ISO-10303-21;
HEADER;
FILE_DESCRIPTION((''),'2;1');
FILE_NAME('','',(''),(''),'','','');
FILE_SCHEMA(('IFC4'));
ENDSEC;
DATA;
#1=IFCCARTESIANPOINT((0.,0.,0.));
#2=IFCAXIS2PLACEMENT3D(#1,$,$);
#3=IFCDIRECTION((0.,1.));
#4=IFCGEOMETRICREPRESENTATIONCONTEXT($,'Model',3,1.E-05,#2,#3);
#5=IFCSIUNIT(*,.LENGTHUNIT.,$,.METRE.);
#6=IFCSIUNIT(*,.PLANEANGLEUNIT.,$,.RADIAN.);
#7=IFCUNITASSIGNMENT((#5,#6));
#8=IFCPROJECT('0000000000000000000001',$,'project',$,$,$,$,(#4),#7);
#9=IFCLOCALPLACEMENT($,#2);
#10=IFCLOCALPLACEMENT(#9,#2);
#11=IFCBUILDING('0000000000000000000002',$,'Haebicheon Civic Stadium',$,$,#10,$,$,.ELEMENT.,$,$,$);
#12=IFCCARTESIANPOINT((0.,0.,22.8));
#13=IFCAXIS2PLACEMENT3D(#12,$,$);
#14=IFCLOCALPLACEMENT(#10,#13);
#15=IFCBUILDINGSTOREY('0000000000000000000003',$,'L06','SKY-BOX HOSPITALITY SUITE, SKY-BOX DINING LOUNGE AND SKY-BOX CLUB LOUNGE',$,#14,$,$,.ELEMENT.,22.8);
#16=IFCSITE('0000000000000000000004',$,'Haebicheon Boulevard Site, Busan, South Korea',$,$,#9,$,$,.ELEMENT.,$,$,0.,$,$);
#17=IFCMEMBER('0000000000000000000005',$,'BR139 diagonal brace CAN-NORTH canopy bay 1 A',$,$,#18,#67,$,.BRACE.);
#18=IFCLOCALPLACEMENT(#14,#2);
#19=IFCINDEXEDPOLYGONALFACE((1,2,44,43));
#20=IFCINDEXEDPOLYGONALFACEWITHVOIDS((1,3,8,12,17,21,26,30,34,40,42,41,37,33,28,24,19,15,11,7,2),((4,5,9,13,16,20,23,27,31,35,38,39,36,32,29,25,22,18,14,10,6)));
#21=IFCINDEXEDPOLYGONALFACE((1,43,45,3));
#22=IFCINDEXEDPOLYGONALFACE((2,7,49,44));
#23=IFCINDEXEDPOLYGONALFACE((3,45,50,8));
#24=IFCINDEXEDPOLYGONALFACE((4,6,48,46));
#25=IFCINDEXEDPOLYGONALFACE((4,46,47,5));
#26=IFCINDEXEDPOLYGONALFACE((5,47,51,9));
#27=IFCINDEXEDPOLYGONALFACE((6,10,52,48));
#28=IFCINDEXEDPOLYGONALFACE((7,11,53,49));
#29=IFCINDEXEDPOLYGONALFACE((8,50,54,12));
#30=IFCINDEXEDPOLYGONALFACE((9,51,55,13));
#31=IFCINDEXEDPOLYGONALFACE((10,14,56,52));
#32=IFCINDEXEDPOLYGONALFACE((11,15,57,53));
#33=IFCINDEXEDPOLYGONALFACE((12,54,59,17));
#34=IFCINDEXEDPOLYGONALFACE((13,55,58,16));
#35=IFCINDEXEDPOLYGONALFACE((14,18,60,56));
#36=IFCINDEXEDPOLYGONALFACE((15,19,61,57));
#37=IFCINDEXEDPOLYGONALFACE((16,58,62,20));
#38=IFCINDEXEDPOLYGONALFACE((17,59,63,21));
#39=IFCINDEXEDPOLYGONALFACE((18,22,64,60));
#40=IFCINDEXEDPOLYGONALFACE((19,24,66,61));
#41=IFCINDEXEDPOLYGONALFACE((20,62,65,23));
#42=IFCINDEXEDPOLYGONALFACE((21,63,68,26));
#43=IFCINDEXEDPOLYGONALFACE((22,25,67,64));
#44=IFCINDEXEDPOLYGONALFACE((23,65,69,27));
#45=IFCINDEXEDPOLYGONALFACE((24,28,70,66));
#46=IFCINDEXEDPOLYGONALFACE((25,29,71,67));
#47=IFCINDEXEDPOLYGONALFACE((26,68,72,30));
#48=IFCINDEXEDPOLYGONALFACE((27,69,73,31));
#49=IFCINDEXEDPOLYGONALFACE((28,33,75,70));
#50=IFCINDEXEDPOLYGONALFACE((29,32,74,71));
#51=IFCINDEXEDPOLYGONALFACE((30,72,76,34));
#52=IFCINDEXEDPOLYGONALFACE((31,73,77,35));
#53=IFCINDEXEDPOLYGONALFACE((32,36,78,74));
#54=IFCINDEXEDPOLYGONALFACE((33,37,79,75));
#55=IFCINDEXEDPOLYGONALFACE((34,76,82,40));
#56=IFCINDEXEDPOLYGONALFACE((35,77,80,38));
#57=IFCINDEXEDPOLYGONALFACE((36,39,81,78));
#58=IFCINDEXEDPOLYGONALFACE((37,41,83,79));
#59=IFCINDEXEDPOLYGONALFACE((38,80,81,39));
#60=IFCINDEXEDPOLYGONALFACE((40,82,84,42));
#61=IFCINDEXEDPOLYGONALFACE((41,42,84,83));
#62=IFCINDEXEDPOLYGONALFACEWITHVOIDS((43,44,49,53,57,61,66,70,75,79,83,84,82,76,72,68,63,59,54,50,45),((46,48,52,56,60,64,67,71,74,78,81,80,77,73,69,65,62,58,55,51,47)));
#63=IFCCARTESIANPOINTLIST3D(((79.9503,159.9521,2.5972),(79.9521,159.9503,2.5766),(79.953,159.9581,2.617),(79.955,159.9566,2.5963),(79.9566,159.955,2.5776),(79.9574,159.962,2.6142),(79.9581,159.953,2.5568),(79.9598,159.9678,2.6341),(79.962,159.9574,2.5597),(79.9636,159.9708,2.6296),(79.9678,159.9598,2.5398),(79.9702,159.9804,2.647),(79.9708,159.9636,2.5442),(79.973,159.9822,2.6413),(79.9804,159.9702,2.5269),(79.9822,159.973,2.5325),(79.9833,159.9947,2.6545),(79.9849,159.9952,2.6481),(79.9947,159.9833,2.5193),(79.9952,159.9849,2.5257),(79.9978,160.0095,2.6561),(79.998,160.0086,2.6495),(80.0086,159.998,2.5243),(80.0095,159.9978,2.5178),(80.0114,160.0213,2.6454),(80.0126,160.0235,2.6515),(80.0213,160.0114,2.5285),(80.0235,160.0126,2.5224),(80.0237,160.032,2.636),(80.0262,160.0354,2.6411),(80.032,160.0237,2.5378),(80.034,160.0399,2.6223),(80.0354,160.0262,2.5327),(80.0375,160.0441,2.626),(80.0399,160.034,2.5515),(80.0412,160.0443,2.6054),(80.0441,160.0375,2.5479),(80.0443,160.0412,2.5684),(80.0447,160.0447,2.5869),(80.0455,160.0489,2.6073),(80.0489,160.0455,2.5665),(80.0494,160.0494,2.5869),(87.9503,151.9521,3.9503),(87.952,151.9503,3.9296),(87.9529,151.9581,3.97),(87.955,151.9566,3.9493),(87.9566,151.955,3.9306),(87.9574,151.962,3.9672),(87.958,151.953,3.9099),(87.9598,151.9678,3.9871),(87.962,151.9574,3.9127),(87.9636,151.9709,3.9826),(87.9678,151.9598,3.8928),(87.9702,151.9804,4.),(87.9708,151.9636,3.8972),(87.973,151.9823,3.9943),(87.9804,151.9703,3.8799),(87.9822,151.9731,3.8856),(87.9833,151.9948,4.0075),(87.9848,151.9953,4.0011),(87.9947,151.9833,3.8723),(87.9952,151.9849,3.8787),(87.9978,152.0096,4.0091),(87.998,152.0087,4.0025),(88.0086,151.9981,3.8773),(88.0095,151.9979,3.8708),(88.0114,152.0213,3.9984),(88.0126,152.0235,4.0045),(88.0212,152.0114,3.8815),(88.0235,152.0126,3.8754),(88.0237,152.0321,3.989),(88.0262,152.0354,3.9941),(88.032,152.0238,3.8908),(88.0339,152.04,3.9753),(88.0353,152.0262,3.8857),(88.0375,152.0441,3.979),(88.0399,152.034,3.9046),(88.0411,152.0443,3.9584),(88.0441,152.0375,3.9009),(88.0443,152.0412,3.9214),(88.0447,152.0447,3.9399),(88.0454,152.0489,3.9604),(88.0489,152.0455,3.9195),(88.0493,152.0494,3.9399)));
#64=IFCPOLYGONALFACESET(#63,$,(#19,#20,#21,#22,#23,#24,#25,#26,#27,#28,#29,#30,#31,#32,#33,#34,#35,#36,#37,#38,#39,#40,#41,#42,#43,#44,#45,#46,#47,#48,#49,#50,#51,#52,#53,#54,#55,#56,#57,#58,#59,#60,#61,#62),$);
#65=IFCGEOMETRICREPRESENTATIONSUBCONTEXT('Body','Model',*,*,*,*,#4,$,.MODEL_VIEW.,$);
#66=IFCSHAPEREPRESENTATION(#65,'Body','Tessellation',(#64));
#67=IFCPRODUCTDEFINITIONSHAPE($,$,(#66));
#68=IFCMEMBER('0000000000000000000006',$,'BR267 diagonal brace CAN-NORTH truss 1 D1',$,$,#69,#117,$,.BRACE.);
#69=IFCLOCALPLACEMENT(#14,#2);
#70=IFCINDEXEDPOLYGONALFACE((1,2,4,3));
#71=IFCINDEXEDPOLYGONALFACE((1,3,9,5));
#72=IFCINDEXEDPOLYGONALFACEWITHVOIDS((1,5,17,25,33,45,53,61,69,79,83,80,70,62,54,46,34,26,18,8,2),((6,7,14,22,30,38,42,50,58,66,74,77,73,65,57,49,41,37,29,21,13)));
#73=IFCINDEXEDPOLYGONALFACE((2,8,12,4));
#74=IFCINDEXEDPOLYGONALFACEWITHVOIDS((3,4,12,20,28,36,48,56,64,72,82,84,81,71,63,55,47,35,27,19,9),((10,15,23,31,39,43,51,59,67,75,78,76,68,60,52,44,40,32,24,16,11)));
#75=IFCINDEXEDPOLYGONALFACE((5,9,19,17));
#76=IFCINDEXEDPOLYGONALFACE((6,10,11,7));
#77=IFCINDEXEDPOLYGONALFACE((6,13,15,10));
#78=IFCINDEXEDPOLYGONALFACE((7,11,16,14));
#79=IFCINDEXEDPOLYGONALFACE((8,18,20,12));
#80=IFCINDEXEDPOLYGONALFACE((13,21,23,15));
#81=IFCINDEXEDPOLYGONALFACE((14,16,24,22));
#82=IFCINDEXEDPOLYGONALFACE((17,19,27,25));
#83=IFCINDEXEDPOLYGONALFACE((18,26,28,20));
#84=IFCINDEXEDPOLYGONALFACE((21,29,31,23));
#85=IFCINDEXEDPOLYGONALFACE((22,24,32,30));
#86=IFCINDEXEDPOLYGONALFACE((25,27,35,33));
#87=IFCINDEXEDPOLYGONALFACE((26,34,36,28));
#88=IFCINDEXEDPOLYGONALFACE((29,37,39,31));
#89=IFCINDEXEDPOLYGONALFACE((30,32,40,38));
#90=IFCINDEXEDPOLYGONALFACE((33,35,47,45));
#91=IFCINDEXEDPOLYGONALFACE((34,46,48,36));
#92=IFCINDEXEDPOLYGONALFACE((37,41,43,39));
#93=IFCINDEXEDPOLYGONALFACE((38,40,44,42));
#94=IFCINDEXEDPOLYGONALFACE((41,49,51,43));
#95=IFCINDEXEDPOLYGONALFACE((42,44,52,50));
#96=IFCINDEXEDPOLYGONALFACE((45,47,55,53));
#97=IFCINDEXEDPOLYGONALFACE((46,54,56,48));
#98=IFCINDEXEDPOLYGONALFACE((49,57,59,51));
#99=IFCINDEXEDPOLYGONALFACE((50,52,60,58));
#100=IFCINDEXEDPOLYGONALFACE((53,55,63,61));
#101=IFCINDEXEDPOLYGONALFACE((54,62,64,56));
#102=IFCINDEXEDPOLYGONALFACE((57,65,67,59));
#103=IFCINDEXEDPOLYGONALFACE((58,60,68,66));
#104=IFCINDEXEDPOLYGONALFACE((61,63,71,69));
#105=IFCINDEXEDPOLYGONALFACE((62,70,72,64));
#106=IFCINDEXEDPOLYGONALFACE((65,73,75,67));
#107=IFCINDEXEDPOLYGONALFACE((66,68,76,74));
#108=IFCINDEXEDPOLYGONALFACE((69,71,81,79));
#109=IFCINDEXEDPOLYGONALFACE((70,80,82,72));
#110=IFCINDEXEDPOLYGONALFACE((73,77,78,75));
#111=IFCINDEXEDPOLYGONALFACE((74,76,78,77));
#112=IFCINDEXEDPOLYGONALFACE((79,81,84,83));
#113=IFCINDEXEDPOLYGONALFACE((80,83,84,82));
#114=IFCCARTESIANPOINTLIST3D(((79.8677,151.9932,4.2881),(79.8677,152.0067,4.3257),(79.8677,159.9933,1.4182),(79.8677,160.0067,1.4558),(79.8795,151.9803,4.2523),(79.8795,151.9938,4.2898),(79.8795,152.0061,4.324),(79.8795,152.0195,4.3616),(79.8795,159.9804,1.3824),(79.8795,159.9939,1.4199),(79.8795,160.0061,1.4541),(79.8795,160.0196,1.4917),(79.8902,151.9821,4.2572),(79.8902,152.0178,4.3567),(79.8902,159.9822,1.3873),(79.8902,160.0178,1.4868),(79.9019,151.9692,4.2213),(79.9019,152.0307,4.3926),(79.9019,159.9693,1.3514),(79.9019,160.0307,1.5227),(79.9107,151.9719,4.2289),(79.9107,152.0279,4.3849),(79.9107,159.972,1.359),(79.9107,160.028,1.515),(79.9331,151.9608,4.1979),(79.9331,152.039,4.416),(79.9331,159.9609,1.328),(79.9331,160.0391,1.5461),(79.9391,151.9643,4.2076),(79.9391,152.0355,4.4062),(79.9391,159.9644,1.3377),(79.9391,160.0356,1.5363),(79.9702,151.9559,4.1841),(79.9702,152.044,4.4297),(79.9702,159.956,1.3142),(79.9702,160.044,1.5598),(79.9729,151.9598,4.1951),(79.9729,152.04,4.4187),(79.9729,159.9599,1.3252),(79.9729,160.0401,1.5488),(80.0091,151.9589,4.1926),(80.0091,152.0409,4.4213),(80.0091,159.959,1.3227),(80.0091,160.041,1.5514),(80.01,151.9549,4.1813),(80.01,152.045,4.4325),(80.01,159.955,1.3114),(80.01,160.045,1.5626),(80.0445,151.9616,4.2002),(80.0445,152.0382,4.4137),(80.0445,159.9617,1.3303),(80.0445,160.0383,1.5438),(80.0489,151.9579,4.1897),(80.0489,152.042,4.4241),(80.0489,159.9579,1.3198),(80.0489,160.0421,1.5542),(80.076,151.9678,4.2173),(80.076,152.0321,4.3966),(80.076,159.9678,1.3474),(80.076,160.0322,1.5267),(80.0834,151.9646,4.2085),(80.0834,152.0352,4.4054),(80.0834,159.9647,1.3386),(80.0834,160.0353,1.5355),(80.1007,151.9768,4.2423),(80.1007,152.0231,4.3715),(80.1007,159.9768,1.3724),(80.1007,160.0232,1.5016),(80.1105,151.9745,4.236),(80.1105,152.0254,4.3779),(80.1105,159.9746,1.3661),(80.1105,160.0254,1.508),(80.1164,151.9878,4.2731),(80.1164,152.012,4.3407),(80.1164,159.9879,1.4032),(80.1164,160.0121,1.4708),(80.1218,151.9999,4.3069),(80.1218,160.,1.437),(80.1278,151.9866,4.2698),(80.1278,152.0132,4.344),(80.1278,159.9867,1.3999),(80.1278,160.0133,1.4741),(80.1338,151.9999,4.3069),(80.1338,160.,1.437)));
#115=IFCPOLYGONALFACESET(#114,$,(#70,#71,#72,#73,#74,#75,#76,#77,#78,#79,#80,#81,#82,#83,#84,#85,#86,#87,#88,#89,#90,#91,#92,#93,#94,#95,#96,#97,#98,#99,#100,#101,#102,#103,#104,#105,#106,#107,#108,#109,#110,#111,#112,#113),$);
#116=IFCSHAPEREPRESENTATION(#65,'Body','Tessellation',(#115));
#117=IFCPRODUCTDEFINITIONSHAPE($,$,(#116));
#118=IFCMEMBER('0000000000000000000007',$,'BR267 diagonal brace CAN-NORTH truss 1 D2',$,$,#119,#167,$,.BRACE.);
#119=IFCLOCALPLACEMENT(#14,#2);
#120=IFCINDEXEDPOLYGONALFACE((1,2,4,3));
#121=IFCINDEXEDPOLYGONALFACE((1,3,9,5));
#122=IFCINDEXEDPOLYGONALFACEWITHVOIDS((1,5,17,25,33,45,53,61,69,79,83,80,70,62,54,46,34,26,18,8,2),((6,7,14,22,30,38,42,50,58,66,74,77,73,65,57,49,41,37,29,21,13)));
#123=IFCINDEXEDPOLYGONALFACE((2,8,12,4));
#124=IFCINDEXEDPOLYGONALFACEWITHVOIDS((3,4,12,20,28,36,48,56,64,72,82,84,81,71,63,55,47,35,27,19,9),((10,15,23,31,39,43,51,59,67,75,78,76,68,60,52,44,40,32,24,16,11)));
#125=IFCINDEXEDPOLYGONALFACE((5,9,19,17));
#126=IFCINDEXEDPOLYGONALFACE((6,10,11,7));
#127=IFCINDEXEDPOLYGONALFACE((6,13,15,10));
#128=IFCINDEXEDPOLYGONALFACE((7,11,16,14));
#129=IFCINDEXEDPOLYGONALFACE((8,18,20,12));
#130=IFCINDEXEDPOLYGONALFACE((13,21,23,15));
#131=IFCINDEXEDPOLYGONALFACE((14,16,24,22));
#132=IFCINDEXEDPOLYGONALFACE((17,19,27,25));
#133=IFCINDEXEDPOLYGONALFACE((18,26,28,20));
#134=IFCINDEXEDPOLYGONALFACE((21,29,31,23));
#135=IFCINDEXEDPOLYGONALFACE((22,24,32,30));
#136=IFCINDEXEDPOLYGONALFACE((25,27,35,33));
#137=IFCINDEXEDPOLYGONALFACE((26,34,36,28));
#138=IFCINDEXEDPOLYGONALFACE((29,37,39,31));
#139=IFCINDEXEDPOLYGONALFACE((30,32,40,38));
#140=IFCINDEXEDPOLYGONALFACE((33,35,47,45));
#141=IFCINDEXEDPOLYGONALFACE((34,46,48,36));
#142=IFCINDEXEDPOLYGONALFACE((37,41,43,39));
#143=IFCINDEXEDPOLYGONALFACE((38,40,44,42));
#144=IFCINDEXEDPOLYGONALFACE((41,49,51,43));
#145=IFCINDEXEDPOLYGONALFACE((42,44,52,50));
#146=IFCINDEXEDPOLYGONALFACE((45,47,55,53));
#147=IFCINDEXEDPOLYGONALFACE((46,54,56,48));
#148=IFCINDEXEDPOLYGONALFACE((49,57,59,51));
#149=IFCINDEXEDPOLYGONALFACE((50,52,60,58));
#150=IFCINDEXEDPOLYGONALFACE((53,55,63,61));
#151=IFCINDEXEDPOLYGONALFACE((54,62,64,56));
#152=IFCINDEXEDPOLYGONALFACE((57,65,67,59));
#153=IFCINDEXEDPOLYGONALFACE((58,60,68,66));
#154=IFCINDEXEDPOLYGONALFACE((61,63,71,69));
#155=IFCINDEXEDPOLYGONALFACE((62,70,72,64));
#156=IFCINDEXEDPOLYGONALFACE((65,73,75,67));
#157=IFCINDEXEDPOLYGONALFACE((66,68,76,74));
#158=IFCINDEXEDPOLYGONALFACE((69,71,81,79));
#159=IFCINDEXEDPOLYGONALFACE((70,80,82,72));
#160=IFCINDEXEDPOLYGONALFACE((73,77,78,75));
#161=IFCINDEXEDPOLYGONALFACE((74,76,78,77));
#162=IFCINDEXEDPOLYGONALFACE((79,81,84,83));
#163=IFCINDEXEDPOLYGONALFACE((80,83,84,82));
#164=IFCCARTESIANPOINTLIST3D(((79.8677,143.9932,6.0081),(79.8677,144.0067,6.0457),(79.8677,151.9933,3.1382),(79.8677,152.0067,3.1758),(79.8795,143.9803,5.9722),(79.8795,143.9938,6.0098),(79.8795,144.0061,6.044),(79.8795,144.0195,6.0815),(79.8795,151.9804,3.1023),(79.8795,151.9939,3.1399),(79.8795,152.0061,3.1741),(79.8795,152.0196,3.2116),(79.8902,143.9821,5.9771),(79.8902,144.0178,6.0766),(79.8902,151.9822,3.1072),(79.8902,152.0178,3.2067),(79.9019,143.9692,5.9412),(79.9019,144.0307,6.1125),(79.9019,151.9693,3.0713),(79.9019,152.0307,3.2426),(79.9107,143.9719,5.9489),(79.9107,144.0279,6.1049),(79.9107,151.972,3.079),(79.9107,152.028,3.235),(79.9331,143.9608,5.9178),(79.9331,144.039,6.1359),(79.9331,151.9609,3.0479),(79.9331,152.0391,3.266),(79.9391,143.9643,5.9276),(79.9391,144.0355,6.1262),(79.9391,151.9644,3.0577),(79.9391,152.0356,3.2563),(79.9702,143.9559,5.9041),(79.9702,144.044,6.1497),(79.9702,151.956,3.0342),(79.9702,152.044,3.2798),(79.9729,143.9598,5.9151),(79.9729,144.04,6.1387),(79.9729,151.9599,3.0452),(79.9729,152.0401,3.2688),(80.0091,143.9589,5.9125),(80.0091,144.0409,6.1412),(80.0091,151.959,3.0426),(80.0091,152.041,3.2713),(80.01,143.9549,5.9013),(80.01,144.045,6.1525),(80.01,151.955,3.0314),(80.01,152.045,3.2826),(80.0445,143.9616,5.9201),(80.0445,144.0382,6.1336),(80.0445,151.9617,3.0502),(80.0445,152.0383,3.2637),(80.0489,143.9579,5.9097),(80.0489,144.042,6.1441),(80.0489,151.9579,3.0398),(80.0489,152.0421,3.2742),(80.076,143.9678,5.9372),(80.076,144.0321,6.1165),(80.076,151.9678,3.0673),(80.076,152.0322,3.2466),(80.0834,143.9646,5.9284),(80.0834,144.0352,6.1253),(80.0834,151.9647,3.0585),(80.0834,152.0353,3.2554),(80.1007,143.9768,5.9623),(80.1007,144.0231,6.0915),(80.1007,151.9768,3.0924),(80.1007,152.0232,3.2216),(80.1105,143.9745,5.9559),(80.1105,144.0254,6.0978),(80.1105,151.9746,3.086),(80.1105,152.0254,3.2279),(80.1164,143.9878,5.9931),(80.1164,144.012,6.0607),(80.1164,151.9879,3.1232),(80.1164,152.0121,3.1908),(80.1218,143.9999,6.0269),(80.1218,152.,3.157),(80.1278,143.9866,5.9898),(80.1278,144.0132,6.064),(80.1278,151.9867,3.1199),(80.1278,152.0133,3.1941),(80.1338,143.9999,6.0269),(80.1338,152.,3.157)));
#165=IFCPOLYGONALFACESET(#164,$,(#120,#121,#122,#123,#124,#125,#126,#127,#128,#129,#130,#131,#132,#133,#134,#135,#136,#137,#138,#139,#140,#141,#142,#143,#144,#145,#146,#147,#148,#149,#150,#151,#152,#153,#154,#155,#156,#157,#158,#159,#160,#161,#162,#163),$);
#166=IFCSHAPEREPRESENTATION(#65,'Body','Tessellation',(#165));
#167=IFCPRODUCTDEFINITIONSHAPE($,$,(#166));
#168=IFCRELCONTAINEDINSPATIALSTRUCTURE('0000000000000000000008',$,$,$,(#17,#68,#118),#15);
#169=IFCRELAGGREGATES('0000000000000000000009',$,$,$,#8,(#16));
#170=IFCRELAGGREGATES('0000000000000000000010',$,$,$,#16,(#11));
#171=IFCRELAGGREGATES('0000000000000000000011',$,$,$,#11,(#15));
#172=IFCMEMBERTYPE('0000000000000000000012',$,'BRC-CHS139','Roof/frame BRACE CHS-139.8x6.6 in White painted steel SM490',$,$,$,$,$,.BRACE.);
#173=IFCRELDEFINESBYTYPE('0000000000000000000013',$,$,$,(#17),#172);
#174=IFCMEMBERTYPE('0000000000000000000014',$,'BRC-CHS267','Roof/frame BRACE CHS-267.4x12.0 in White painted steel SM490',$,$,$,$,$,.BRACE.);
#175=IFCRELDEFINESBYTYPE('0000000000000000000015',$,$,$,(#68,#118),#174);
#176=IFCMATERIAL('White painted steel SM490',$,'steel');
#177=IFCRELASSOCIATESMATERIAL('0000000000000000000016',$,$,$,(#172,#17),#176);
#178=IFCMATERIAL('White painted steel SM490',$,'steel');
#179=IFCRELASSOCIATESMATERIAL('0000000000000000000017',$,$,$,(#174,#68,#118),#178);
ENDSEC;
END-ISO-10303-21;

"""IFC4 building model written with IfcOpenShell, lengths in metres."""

from ifc_helpers import new_model, si_unit, direction, frame, origin, origin_2d, place, context, subcontext, project, spatial, hollow_circle, extrude, material, material_profile, profile_set, type_object, element, save


model = new_model("IFC4")

# Units and contexts
model_context = context("Model", 3, precision=1e-05, world=origin(), true_north=direction((0.0, 1.0)))
body_context = subcontext(model_context, "Body", "Model", "MODEL_VIEW")
ifc_project = project(units=[si_unit("LENGTHUNIT", "METRE"), si_unit("PLANEANGLEUNIT", "RADIAN")], contexts=[model_context])

# Site, building, storey
site_placement = place(None, origin())
site = spatial("IfcSite", under=ifc_project, at=site_placement, Name="Haebicheon Boulevard Site, Busan, South Korea", CompositionType="ELEMENT", RefElevation=0.0)
building_placement = place(site_placement, origin())
building = spatial("IfcBuilding", under=site, at=building_placement, Name="Haebicheon Civic Stadium", CompositionType="ELEMENT")
storey_placement = place(building_placement, frame((0.0, 0.0, 22.8)))
storey = spatial("IfcBuildingStorey", under=building, at=storey_placement, Name="L06", Description="SKY-BOX HOSPITALITY SUITE, SKY-BOX DINING LOUNGE AND SKY-BOX CLUB LOUNGE", CompositionType="ELEMENT", Elevation=22.8)

# Members
ifc_material_1 = material(Name="White painted steel SM490", Category="steel")
ifc_material_profile_1 = material_profile(ifc_material_1, hollow_circle(Radius=0.0698, WallThickness=0.0066, at=origin_2d()), Name="CHS-139.8x6.6")
ifc_profile_set_1 = profile_set([ifc_material_profile_1], Name="White painted steel SM490")
member_type_1 = type_object("IfcMemberType", Name="BRC-CHS139", Description="Roof/frame BRACE CHS-139.8x6.6 in White painted steel SM490", PredefinedType="BRACE", material=ifc_profile_set_1)
member_1_placement = place(storey_placement, frame((80.0, 160.0, 2.5869), z_axis=(0.702104, -0.702104, 0.118746), x_axis=(0.707107, 0.707107, 0.0)))
element("IfcMember", 1, at=member_1_placement, inside=storey, type_object=member_type_1, material=ifc_profile_set_1, Name="BR139 diagonal brace CAN-NORTH canopy bay 1 A", PredefinedType="BRACE", context=body_context, shape_type="SweptSolid", body=[
    extrude(hollow_circle(Radius=0.0698, WallThickness=0.0066, at=origin_2d()), origin(), (0.0, 0.0, 1.0), 11.3943),
])
ifc_material_2 = material(Name="White painted steel SM490", Category="steel")
ifc_material_profile_2 = material_profile(ifc_material_2, hollow_circle(Radius=0.1338, WallThickness=0.012, at=origin_2d()), Name="CHS-267.4x12.0")
ifc_profile_set_2 = profile_set([ifc_material_profile_2], Name="White painted steel SM490")
member_type_2 = type_object("IfcMemberType", Name="BRC-CHS267", Description="Roof/frame BRACE CHS-267.4x12.0 in White painted steel SM490", PredefinedType="BRACE", material=ifc_profile_set_2)
for number, where, z_axis, x_axis, name in (
    (2, (80.0, 160.0, 1.437), (0.0, -0.941267, 0.337664), (1.0, 0.0, 0.0), "BR267 diagonal brace CAN-NORTH truss 1 D1"),
    (3, (80.0, 152.0, 3.157), (0.0, -0.941267, 0.337664), (1.0, 0.0, 0.0), "BR267 diagonal brace CAN-NORTH truss 1 D2"),
):
    element("IfcMember", number, at=place(storey_placement, frame(where, z_axis=z_axis, x_axis=x_axis)), inside=storey, type_object=member_type_2, material=ifc_profile_set_2, Name=name, PredefinedType="BRACE", context=body_context, shape_type="SweptSolid", body=[
        extrude(hollow_circle(Radius=0.1338, WallThickness=0.012, at=origin_2d()), origin(), (0.0, 0.0, 1.0), 8.4993),
    ])

save(model, "model.ifc")
